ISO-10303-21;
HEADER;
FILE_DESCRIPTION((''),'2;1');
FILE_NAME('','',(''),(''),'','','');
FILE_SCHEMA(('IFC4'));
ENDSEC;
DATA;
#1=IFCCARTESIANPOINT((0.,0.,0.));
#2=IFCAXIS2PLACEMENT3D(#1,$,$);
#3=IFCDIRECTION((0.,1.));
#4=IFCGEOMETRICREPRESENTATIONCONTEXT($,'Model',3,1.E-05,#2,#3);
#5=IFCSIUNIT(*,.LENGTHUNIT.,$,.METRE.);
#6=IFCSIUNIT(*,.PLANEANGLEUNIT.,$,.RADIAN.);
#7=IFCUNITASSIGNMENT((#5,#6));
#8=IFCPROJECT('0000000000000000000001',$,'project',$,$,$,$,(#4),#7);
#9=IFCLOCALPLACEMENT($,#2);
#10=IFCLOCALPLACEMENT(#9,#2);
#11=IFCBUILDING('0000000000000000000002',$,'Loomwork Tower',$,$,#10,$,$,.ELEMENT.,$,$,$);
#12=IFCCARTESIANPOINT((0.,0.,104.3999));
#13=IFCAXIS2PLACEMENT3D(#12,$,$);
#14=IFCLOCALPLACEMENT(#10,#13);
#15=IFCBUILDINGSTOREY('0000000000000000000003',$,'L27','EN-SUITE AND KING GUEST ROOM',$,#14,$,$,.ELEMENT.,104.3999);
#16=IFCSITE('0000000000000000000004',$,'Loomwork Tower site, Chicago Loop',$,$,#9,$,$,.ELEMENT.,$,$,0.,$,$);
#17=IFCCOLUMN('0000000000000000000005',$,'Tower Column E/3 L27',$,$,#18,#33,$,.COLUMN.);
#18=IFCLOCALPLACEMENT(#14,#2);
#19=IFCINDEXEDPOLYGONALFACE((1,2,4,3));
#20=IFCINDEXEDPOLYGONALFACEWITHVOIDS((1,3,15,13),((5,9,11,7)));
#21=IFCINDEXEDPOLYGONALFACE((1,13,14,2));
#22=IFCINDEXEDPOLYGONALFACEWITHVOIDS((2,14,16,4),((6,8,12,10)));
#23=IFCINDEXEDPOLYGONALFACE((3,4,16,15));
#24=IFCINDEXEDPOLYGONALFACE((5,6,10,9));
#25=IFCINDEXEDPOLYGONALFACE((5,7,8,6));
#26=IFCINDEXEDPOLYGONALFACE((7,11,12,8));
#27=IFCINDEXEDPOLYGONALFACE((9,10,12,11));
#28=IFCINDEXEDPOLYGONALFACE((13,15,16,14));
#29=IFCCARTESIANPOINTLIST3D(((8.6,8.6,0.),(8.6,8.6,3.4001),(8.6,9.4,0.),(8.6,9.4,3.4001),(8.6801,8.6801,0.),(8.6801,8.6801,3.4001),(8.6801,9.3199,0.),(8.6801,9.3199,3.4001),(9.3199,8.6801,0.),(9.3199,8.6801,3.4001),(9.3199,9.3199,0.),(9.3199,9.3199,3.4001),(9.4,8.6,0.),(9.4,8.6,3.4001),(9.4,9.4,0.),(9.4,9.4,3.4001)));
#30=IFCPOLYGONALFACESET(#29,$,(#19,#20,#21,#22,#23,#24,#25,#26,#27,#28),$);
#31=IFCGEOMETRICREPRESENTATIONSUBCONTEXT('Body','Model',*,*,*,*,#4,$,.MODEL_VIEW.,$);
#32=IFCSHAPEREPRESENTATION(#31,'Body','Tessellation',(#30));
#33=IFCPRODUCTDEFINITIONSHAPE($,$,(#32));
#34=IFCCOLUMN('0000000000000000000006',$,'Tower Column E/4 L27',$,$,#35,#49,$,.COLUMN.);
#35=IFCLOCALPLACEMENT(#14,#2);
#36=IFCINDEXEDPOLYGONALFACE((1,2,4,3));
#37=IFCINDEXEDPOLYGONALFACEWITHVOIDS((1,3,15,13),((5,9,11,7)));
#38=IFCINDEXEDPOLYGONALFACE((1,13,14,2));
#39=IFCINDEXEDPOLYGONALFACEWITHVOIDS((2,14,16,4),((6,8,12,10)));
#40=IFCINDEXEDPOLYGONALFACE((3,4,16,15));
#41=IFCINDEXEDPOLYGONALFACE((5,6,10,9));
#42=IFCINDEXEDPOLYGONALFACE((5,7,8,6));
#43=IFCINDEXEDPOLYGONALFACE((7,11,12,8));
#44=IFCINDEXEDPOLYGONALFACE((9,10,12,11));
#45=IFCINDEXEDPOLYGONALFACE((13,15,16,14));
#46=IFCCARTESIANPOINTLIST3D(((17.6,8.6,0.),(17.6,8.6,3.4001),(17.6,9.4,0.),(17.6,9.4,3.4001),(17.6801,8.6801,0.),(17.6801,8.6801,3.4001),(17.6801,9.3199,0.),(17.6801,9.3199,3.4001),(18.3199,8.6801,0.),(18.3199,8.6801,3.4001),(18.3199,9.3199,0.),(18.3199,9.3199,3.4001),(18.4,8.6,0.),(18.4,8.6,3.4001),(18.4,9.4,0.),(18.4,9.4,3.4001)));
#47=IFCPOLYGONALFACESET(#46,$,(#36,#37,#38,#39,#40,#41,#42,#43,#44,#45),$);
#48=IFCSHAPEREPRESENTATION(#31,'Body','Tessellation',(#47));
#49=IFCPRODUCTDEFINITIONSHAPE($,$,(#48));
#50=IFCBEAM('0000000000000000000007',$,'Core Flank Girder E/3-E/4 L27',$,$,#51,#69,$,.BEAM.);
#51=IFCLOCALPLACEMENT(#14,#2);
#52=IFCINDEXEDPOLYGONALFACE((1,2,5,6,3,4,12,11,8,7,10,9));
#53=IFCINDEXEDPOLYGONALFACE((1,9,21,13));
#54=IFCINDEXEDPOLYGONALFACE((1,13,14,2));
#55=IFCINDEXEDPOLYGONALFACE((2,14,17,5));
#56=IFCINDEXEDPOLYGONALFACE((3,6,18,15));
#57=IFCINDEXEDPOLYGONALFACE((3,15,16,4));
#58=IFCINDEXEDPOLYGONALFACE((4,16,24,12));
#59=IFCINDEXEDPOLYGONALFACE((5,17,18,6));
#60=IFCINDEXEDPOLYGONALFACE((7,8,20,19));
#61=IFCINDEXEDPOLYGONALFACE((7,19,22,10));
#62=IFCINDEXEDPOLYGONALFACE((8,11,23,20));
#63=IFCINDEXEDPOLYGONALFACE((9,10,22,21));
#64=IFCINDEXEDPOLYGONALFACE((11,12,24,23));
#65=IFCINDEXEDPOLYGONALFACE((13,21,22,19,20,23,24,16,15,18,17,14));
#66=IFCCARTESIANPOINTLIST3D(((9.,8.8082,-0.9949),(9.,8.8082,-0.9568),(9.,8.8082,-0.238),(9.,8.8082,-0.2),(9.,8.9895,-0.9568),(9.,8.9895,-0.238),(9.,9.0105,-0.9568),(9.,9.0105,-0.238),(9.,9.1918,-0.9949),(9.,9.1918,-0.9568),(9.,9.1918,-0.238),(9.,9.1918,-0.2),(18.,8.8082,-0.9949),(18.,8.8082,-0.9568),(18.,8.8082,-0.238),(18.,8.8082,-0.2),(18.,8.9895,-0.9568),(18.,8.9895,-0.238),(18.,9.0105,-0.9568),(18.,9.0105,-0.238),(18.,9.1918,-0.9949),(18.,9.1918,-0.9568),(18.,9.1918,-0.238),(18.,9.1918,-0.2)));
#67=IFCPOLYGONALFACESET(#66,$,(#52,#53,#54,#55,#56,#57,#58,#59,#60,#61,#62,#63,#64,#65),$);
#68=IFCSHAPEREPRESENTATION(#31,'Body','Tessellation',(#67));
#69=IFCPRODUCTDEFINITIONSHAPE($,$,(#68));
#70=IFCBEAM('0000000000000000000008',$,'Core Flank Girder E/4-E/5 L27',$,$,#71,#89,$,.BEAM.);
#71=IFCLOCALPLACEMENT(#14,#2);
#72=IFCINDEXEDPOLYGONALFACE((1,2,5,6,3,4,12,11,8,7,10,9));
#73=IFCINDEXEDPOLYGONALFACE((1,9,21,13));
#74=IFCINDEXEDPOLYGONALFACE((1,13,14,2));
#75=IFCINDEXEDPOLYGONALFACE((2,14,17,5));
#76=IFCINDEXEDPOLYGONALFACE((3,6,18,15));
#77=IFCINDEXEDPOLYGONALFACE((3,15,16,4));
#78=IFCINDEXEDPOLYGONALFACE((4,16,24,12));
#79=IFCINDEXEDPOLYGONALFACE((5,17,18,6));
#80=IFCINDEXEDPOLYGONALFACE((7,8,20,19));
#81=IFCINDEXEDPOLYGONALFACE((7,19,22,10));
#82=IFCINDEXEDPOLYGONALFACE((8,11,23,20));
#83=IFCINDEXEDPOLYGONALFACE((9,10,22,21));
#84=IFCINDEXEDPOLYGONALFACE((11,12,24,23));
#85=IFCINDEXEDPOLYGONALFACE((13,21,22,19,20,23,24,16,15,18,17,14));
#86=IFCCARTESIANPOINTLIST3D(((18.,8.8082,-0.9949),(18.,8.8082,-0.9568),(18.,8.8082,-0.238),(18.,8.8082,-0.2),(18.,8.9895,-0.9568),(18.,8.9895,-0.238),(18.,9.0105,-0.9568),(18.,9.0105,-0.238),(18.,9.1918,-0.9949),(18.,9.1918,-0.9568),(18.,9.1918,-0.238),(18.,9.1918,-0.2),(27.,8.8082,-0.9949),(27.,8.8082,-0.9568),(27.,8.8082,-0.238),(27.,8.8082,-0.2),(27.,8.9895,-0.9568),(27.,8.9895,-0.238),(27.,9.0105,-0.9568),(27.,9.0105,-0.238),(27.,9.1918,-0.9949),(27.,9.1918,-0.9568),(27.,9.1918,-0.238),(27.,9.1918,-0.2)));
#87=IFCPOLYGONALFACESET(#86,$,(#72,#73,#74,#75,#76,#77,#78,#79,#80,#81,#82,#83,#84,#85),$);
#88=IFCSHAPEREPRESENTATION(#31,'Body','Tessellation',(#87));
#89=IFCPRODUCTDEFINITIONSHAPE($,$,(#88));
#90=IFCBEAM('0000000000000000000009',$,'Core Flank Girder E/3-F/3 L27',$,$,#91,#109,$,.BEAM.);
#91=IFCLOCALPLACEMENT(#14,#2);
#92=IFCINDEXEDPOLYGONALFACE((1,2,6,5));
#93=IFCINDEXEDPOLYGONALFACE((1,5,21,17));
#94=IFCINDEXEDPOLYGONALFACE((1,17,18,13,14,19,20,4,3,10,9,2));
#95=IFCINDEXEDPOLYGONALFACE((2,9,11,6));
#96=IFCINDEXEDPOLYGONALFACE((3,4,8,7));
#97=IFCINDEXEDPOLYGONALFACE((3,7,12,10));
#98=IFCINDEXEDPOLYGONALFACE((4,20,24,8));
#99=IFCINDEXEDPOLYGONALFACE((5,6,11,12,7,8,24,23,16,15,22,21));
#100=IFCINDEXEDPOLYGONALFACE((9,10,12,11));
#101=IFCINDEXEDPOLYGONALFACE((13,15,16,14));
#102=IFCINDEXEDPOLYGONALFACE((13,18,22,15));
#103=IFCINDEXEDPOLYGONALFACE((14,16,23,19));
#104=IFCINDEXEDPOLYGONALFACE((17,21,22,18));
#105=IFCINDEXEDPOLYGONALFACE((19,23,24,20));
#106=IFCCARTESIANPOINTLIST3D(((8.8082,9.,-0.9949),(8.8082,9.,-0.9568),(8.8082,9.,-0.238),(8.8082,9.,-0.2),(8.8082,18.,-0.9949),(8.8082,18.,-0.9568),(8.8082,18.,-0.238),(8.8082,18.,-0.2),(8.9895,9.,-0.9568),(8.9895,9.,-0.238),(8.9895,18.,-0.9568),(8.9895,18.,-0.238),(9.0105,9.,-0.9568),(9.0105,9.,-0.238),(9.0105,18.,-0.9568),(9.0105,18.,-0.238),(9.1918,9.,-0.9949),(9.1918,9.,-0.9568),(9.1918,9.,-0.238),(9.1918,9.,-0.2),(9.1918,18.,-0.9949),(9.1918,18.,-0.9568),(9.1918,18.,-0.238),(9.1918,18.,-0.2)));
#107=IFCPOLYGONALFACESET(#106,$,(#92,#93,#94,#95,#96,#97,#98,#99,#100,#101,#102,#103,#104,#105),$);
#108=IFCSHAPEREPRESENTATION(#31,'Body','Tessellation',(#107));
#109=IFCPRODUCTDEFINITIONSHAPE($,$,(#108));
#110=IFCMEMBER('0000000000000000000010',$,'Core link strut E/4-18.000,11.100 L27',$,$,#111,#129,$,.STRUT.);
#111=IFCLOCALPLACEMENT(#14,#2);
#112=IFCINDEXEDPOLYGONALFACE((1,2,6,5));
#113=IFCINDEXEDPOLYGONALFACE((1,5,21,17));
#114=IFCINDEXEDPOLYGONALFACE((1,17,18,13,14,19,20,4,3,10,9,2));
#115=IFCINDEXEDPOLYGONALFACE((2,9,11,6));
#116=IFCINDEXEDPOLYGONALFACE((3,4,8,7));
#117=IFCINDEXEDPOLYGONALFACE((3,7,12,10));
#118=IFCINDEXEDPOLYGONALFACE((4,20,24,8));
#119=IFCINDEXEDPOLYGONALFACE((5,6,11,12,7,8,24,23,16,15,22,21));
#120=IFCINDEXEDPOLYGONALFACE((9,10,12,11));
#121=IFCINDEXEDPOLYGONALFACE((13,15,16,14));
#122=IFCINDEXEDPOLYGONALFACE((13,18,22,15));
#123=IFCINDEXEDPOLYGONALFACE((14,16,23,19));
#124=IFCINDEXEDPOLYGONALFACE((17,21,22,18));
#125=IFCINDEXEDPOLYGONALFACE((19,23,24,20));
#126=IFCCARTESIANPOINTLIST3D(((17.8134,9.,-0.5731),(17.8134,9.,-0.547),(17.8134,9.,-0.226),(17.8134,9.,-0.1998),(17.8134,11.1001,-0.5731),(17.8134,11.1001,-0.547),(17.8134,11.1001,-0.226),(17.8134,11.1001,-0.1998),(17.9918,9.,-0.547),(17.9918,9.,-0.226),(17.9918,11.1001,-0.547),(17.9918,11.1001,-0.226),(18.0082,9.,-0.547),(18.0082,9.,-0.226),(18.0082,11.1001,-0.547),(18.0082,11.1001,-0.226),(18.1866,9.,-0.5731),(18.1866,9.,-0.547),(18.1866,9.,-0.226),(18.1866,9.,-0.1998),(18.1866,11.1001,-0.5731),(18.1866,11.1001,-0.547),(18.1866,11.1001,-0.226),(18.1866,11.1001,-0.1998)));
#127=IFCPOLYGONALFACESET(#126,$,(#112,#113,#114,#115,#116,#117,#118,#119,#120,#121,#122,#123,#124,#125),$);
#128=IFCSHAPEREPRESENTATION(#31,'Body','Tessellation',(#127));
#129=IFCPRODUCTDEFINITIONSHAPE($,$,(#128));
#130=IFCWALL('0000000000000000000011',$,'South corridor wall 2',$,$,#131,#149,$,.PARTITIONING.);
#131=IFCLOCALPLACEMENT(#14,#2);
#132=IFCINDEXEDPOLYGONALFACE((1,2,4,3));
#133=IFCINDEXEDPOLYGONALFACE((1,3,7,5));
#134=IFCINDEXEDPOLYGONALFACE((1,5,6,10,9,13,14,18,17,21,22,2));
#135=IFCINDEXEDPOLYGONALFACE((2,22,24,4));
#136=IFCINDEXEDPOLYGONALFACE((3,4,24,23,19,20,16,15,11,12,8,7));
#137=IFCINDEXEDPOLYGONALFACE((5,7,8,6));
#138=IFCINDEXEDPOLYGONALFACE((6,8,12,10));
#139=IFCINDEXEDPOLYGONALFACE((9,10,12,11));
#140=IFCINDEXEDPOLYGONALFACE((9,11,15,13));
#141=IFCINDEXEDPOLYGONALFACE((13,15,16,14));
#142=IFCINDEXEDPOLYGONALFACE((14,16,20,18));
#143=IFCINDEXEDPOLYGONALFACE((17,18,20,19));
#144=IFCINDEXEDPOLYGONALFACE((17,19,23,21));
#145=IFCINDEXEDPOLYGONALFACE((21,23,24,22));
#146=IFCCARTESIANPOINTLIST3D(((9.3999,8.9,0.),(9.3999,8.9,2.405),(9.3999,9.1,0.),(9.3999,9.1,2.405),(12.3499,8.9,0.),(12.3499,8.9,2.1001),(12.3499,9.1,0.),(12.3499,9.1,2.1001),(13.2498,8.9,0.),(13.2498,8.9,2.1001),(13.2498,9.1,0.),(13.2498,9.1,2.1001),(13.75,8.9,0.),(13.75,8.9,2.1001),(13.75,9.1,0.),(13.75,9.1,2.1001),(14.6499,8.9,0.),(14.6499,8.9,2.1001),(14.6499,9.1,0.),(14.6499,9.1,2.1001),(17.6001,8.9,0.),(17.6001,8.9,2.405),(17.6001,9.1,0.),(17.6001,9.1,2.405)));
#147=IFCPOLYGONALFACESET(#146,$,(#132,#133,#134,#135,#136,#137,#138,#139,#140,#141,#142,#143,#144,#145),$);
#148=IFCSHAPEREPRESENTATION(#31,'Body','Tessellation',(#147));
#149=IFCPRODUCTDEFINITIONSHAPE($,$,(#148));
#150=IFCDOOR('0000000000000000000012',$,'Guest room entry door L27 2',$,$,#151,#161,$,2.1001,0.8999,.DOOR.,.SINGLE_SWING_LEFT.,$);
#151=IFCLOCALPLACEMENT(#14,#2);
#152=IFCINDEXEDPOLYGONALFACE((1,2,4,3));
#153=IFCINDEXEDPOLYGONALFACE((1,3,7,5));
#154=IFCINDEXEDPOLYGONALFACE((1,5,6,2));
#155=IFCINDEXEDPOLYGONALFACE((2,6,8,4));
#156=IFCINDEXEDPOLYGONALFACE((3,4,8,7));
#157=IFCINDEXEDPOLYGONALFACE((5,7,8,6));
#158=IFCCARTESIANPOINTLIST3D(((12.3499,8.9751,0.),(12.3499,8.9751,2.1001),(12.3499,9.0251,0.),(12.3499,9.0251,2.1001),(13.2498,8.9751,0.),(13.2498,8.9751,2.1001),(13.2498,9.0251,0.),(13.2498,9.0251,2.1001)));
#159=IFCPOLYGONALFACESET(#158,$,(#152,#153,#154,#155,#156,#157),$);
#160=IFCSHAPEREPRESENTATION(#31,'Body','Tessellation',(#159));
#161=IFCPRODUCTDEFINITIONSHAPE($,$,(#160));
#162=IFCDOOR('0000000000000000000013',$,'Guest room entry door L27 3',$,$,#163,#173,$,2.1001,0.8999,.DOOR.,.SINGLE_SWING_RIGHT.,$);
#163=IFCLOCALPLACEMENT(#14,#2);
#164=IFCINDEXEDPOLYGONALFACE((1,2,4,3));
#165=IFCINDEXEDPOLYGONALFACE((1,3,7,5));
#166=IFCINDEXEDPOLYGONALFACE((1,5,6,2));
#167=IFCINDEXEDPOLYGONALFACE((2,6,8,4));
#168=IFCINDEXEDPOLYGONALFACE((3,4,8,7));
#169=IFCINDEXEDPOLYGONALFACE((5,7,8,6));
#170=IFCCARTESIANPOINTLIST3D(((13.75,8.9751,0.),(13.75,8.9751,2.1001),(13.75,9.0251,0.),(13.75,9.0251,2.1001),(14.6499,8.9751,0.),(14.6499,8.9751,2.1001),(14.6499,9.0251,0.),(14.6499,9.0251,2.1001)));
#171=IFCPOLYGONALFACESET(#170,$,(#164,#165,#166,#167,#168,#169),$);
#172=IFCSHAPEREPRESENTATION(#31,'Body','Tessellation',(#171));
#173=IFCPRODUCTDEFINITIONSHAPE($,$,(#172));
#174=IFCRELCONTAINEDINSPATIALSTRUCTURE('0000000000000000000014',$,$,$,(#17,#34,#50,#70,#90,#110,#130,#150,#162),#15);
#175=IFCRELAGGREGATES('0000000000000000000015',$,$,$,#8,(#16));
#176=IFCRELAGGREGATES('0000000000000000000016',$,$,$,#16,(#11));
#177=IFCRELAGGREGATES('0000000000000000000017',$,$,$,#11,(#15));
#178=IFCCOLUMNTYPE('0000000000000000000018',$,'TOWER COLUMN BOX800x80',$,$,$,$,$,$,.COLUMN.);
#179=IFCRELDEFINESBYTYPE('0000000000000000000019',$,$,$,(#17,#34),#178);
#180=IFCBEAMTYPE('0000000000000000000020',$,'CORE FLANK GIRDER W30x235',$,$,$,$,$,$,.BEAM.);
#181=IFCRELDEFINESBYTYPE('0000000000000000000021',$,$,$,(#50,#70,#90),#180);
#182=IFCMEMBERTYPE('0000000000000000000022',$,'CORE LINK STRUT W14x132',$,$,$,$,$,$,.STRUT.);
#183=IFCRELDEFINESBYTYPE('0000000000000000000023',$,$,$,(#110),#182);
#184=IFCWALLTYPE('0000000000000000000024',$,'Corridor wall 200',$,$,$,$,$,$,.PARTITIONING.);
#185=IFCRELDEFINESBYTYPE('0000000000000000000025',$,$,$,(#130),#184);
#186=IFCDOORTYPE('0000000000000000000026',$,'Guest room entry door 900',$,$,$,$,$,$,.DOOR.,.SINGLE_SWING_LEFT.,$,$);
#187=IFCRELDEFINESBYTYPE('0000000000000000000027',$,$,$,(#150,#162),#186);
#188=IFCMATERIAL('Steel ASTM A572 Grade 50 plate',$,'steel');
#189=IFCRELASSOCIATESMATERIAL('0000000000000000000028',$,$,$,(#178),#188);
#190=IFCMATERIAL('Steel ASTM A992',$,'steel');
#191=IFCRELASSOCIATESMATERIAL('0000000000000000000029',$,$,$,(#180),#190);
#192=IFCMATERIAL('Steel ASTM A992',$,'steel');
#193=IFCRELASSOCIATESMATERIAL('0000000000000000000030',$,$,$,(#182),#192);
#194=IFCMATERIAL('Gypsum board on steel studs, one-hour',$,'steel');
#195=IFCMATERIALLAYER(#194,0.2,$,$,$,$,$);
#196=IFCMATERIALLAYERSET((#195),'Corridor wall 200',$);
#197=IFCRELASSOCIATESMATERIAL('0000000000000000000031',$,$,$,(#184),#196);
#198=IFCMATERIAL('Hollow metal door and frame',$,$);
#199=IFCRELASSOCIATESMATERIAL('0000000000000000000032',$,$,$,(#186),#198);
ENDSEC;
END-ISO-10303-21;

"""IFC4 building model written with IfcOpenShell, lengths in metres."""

from ifc_helpers import new_model, si_unit, direction, frame, frame_2d, origin, origin_2d, place, context, subcontext, project, spatial, rectangle, hollow_rectangle, i_section, extrude, material, layer, layer_set, material_profile, profile_set, type_object, element, fill, save


model = new_model("IFC4")

# Units and contexts
model_context = context("Model", 3, precision=1e-05, world=origin(), true_north=direction((0.0, 1.0)))
body_context = subcontext(model_context, "Body", "Model", "MODEL_VIEW")
ifc_project = project(units=[si_unit("LENGTHUNIT", "METRE"), si_unit("PLANEANGLEUNIT", "RADIAN")], contexts=[model_context])

# Site, building, storey
site_placement = place(None, origin())
site = spatial("IfcSite", under=ifc_project, at=site_placement, Name="Loomwork Tower site, Chicago Loop", CompositionType="ELEMENT", RefElevation=0.0)
building_placement = place(site_placement, origin())
building = spatial("IfcBuilding", under=site, at=building_placement, Name="Loomwork Tower", CompositionType="ELEMENT")
storey_placement = place(building_placement, frame((0.0, 0.0, 104.3999)))
storey = spatial("IfcBuildingStorey", under=building, at=storey_placement, Name="L27", Description="EN-SUITE AND KING GUEST ROOM", CompositionType="ELEMENT", Elevation=104.3999)

# Columns
ifc_material_1 = material(Name="Steel ASTM A572 Grade 50 plate", Category="steel")
ifc_material_profile_1 = material_profile(ifc_material_1, hollow_rectangle(XDim=0.8, YDim=0.8, WallThickness=0.0801, at=origin_2d()), Name="BOX800x80")
ifc_profile_set_1 = profile_set([ifc_material_profile_1], Name="Steel ASTM A572 Grade 50 plate")
column_type = type_object("IfcColumnType", Name="TOWER COLUMN BOX800x80", PredefinedType="COLUMN", material=ifc_profile_set_1)
for number, where, z_axis, x_axis, name in (
    (1, (9.0, 9.0, 0.0), (0.0, 0.0, 1.0), (1.0, 0.0, 0.0), "Tower Column E/3 L27"),
    (2, (18.0, 9.0, 0.0), (0.0, 0.0, 1.0), (1.0, 0.0, 0.0), "Tower Column E/4 L27"),
):
    element("IfcColumn", number, at=place(storey_placement, frame(where, z_axis=z_axis, x_axis=x_axis)), inside=storey, type_object=column_type, Name=name, PredefinedType="COLUMN", context=body_context, shape_type="SweptSolid", body=[
        extrude(hollow_rectangle(XDim=0.8, YDim=0.8, WallThickness=0.0801, at=origin_2d()), origin(), (0.0, 0.0, 1.0), 3.4001),
    ])

# Beams
ifc_material_2 = material(Name="Steel ASTM A992", Category="steel")
ifc_material_profile_2 = material_profile(ifc_material_2, i_section(OverallWidth=0.3835, OverallDepth=0.7949, WebThickness=0.021, FlangeThickness=0.0381, at=origin_2d()), Name="W30x235")
ifc_profile_set_2 = profile_set([ifc_material_profile_2], Name="Steel ASTM A992")
beam_type = type_object("IfcBeamType", Name="CORE FLANK GIRDER W30x235", PredefinedType="BEAM", material=ifc_profile_set_2)
for number, where, z_axis, x_axis, name in (
    (3, (9.0, 9.0, -0.5974), (1.0, 0.0, 0.0), (0.0, 1.0, 0.0), "Core Flank Girder E/3-E/4 L27"),
    (4, (18.0, 9.0, -0.5974), (1.0, 0.0, 0.0), (0.0, 1.0, 0.0), "Core Flank Girder E/4-E/5 L27"),
    (5, (9.0, 9.0, -0.5974), (0.0, 1.0, 0.0), (-1.0, 0.0, 0.0), "Core Flank Girder E/3-F/3 L27"),
):
    element("IfcBeam", number, at=place(storey_placement, frame(where, z_axis=z_axis, x_axis=x_axis)), inside=storey, type_object=beam_type, Name=name, PredefinedType="BEAM", context=body_context, shape_type="SweptSolid", body=[
        extrude(i_section(OverallWidth=0.3835, OverallDepth=0.7949, WebThickness=0.021, FlangeThickness=0.0381, at=origin_2d()), origin(), (0.0, 0.0, 1.0), 9.0),
    ])

# Member
ifc_material_3 = material(Name="Steel ASTM A992", Category="steel")
ifc_material_profile_3 = material_profile(ifc_material_3, i_section(OverallWidth=0.3733, OverallDepth=0.3733, WebThickness=0.0164, FlangeThickness=0.0261, at=origin_2d()), Name="W14x132")
ifc_profile_set_3 = profile_set([ifc_material_profile_3], Name="Steel ASTM A992")
member_type = type_object("IfcMemberType", Name="CORE LINK STRUT W14x132", PredefinedType="STRUT", material=ifc_profile_set_3)
member_placement = place(storey_placement, frame((18.0, 9.0, -0.3865), z_axis=(0.0, 1.0, 0.0), x_axis=(-1.0, 0.0, 0.0)))
element("IfcMember", 6, at=member_placement, inside=storey, type_object=member_type, Name="Core link strut E/4-18.000,11.100 L27", PredefinedType="STRUT", context=body_context, shape_type="SweptSolid", body=[
    extrude(i_section(OverallWidth=0.3733, OverallDepth=0.3733, WebThickness=0.0164, FlangeThickness=0.0261, at=origin_2d()), origin(), (0.0, 0.0, 1.0), 2.1001),
])

# Wall, openings, doors
ifc_material_4 = material(Name="Gypsum board on steel studs, one-hour", Category="steel")
ifc_layer_1 = layer(ifc_material_4, 0.2)
ifc_layer_set_1 = layer_set([ifc_layer_1], Name="Corridor wall 200")
wall_type_1 = type_object("IfcWallType", Name="Corridor wall 200", PredefinedType="PARTITIONING", material=ifc_layer_set_1)
wall_1_placement = place(storey_placement, frame((9.3999, 9.0, 0.0), z_axis=(0.0, 0.0, 1.0), x_axis=(1.0, 0.0, 0.0)))
wall_1 = element("IfcWall", 7, at=wall_1_placement, inside=storey, type_object=wall_type_1, Name="South corridor wall 2", PredefinedType="PARTITIONING", context=body_context, shape_type="SweptSolid", body=[
    extrude(rectangle(XDim=8.2002, YDim=0.2, at=frame_2d((4.1001, 0.0))), origin(), (0.0, 0.0, 1.0), 2.405),
])
opening_1_placement = place(wall_1_placement, frame((2.95, 0.0, 0.0)))
opening_1 = element("IfcOpeningElement", 8, at=opening_1_placement, cuts=wall_1, PredefinedType="OPENING", context=body_context, shape_type="SweptSolid", body=[
    extrude(rectangle(XDim=0.8999, YDim=2.1001, at=frame_2d((0.45, 1.05))), frame((0.0, 0.1099, 0.0), z_axis=(0.0, -1.0, 0.0), x_axis=(1.0, 0.0, 0.0)), (0.0, 0.0, 1.0), 0.22),
])
opening_2_placement = place(wall_1_placement, frame((4.3501, 0.0, 0.0)))
opening_2 = element("IfcOpeningElement", 9, at=opening_2_placement, cuts=wall_1, PredefinedType="OPENING", context=body_context, shape_type="SweptSolid", body=[
    extrude(rectangle(XDim=0.8999, YDim=2.1001, at=frame_2d((0.45, 1.05))), frame((0.0, 0.1099, 0.0), z_axis=(0.0, -1.0, 0.0), x_axis=(1.0, 0.0, 0.0)), (0.0, 0.0, 1.0), 0.22),
])
ifc_material_5 = material(Name="Hollow metal door and frame")
door_type_1 = type_object("IfcDoorType", Name="Guest room entry door 900", OperationType="SINGLE_SWING_LEFT", PredefinedType="DOOR", material=ifc_material_5)
door_1_placement = place(opening_1_placement, frame((0.8999, 0.0, 0.0), z_axis=(0.0, 0.0, 1.0), x_axis=(-1.0, 0.0, 0.0)))
door_1 = element("IfcDoor", 10, at=door_1_placement, inside=storey, type_object=door_type_1, Name="Guest room entry door L27 2", OperationType="SINGLE_SWING_LEFT", OverallHeight=2.1001, OverallWidth=0.8999, PredefinedType="DOOR", context=body_context, shape_type="SweptSolid", body=[
    extrude(rectangle(XDim=0.8999, YDim=2.1001, at=frame_2d((0.45, 1.05))), frame((0.0, 0.0249, 0.0), z_axis=(0.0, -1.0, 0.0), x_axis=(1.0, 0.0, 0.0)), (0.0, 0.0, 1.0), 0.05),
])
fill(opening_1, door_1)
door_2_placement = place(opening_2_placement, frame((0.8999, 0.0, 0.0), z_axis=(0.0, 0.0, 1.0), x_axis=(-1.0, 0.0, 0.0)))
door_2 = element("IfcDoor", 11, at=door_2_placement, inside=storey, type_object=door_type_1, Name="Guest room entry door L27 3", OperationType="SINGLE_SWING_RIGHT", OverallHeight=2.1001, OverallWidth=0.8999, PredefinedType="DOOR", context=body_context, shape_type="SweptSolid", body=[
    extrude(rectangle(XDim=0.8999, YDim=2.1001, at=frame_2d((0.45, 1.05))), frame((0.0, 0.0249, 0.0), z_axis=(0.0, -1.0, 0.0), x_axis=(1.0, 0.0, 0.0)), (0.0, 0.0, 1.0), 0.05),
])
fill(opening_2, door_2)

save(model, "model.ifc")
